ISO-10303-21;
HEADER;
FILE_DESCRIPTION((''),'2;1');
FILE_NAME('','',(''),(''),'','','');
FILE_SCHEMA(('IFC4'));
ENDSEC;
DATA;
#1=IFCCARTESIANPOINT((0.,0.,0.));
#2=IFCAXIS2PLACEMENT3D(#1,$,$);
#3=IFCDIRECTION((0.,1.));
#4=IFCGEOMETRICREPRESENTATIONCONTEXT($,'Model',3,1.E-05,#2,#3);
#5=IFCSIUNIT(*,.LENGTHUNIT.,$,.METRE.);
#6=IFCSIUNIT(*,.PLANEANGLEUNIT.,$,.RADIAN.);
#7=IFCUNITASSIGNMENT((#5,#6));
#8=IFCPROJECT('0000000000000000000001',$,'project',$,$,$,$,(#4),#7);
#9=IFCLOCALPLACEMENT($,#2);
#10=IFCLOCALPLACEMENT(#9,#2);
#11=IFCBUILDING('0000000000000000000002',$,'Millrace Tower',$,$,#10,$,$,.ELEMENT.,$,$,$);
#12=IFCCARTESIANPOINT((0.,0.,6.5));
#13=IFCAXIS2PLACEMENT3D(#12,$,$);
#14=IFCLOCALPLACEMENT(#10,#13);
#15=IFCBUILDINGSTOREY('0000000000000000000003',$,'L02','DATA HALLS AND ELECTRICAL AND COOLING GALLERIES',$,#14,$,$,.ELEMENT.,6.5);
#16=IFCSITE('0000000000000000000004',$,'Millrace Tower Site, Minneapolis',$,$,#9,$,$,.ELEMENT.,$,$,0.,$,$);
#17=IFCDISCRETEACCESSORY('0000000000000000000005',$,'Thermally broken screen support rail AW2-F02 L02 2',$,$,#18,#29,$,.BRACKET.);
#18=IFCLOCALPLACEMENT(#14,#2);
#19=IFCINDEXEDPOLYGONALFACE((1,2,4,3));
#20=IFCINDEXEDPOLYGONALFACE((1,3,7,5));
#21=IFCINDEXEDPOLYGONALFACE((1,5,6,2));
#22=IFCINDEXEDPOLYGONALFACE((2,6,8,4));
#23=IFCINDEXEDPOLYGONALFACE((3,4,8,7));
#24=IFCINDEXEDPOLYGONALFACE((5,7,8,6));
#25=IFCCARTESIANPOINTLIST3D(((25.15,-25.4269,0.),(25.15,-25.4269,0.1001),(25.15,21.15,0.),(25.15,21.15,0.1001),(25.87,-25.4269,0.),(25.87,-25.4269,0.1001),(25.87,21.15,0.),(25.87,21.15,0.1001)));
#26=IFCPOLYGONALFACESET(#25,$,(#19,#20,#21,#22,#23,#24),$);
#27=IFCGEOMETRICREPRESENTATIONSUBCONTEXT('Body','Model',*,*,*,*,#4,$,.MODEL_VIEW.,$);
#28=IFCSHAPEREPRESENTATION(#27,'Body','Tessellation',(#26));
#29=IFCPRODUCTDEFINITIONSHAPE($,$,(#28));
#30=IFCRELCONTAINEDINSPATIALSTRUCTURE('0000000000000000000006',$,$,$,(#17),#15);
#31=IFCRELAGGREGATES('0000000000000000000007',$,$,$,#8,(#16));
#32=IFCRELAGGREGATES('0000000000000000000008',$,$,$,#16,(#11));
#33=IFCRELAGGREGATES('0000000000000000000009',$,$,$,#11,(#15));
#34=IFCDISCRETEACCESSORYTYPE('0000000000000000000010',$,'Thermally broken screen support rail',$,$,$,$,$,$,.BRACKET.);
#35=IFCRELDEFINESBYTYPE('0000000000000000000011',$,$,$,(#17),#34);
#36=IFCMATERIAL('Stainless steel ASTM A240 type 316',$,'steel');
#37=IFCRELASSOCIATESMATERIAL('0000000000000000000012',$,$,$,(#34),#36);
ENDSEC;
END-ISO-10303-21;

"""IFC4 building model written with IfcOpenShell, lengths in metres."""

from ifc_helpers import new_model, si_unit, direction, frame, origin, origin_2d, place, context, subcontext, project, spatial, rectangle, extrude, material, type_object, element, save


model = new_model("IFC4")

# Units and contexts
model_context = context("Model", 3, precision=1e-05, world=origin(), true_north=direction((0.0, 1.0)))
body_context = subcontext(model_context, "Body", "Model", "MODEL_VIEW")
ifc_project = project(units=[si_unit("LENGTHUNIT", "METRE"), si_unit("PLANEANGLEUNIT", "RADIAN")], contexts=[model_context])

# Site, building, storey
site_placement = place(None, origin())
site = spatial("IfcSite", under=ifc_project, at=site_placement, Name="Millrace Tower Site, Minneapolis", CompositionType="ELEMENT", RefElevation=0.0)
building_placement = place(site_placement, origin())
building = spatial("IfcBuilding", under=site, at=building_placement, Name="Millrace Tower", CompositionType="ELEMENT")
storey_placement = place(building_placement, frame((0.0, 0.0, 6.5)))
storey = spatial("IfcBuildingStorey", under=building, at=storey_placement, Name="L02", Description="DATA HALLS AND ELECTRICAL AND COOLING GALLERIES", CompositionType="ELEMENT", Elevation=6.5)

# Discrete accessory
ifc_material_1 = material(Name="Stainless steel ASTM A240 type 316", Category="steel")
discrete_accessory_type = type_object("IfcDiscreteAccessoryType", Name="Thermally broken screen support rail", PredefinedType="BRACKET", material=ifc_material_1)
discrete_accessory_placement = place(storey_placement, frame((25.51, -2.1384, 0.0), z_axis=(0.0, 0.0, 1.0), x_axis=(0.0, 1.0, 0.0)))
element("IfcDiscreteAccessory", 1, at=discrete_accessory_placement, inside=storey, type_object=discrete_accessory_type, Name="Thermally broken screen support rail AW2-F02 L02 2", PredefinedType="BRACKET", context=body_context, shape_type="SweptSolid", body=[
    extrude(rectangle(XDim=46.5769, YDim=0.72, at=origin_2d()), origin(), (0.0, 0.0, 1.0), 0.1001),
])

save(model, "model.ifc")
